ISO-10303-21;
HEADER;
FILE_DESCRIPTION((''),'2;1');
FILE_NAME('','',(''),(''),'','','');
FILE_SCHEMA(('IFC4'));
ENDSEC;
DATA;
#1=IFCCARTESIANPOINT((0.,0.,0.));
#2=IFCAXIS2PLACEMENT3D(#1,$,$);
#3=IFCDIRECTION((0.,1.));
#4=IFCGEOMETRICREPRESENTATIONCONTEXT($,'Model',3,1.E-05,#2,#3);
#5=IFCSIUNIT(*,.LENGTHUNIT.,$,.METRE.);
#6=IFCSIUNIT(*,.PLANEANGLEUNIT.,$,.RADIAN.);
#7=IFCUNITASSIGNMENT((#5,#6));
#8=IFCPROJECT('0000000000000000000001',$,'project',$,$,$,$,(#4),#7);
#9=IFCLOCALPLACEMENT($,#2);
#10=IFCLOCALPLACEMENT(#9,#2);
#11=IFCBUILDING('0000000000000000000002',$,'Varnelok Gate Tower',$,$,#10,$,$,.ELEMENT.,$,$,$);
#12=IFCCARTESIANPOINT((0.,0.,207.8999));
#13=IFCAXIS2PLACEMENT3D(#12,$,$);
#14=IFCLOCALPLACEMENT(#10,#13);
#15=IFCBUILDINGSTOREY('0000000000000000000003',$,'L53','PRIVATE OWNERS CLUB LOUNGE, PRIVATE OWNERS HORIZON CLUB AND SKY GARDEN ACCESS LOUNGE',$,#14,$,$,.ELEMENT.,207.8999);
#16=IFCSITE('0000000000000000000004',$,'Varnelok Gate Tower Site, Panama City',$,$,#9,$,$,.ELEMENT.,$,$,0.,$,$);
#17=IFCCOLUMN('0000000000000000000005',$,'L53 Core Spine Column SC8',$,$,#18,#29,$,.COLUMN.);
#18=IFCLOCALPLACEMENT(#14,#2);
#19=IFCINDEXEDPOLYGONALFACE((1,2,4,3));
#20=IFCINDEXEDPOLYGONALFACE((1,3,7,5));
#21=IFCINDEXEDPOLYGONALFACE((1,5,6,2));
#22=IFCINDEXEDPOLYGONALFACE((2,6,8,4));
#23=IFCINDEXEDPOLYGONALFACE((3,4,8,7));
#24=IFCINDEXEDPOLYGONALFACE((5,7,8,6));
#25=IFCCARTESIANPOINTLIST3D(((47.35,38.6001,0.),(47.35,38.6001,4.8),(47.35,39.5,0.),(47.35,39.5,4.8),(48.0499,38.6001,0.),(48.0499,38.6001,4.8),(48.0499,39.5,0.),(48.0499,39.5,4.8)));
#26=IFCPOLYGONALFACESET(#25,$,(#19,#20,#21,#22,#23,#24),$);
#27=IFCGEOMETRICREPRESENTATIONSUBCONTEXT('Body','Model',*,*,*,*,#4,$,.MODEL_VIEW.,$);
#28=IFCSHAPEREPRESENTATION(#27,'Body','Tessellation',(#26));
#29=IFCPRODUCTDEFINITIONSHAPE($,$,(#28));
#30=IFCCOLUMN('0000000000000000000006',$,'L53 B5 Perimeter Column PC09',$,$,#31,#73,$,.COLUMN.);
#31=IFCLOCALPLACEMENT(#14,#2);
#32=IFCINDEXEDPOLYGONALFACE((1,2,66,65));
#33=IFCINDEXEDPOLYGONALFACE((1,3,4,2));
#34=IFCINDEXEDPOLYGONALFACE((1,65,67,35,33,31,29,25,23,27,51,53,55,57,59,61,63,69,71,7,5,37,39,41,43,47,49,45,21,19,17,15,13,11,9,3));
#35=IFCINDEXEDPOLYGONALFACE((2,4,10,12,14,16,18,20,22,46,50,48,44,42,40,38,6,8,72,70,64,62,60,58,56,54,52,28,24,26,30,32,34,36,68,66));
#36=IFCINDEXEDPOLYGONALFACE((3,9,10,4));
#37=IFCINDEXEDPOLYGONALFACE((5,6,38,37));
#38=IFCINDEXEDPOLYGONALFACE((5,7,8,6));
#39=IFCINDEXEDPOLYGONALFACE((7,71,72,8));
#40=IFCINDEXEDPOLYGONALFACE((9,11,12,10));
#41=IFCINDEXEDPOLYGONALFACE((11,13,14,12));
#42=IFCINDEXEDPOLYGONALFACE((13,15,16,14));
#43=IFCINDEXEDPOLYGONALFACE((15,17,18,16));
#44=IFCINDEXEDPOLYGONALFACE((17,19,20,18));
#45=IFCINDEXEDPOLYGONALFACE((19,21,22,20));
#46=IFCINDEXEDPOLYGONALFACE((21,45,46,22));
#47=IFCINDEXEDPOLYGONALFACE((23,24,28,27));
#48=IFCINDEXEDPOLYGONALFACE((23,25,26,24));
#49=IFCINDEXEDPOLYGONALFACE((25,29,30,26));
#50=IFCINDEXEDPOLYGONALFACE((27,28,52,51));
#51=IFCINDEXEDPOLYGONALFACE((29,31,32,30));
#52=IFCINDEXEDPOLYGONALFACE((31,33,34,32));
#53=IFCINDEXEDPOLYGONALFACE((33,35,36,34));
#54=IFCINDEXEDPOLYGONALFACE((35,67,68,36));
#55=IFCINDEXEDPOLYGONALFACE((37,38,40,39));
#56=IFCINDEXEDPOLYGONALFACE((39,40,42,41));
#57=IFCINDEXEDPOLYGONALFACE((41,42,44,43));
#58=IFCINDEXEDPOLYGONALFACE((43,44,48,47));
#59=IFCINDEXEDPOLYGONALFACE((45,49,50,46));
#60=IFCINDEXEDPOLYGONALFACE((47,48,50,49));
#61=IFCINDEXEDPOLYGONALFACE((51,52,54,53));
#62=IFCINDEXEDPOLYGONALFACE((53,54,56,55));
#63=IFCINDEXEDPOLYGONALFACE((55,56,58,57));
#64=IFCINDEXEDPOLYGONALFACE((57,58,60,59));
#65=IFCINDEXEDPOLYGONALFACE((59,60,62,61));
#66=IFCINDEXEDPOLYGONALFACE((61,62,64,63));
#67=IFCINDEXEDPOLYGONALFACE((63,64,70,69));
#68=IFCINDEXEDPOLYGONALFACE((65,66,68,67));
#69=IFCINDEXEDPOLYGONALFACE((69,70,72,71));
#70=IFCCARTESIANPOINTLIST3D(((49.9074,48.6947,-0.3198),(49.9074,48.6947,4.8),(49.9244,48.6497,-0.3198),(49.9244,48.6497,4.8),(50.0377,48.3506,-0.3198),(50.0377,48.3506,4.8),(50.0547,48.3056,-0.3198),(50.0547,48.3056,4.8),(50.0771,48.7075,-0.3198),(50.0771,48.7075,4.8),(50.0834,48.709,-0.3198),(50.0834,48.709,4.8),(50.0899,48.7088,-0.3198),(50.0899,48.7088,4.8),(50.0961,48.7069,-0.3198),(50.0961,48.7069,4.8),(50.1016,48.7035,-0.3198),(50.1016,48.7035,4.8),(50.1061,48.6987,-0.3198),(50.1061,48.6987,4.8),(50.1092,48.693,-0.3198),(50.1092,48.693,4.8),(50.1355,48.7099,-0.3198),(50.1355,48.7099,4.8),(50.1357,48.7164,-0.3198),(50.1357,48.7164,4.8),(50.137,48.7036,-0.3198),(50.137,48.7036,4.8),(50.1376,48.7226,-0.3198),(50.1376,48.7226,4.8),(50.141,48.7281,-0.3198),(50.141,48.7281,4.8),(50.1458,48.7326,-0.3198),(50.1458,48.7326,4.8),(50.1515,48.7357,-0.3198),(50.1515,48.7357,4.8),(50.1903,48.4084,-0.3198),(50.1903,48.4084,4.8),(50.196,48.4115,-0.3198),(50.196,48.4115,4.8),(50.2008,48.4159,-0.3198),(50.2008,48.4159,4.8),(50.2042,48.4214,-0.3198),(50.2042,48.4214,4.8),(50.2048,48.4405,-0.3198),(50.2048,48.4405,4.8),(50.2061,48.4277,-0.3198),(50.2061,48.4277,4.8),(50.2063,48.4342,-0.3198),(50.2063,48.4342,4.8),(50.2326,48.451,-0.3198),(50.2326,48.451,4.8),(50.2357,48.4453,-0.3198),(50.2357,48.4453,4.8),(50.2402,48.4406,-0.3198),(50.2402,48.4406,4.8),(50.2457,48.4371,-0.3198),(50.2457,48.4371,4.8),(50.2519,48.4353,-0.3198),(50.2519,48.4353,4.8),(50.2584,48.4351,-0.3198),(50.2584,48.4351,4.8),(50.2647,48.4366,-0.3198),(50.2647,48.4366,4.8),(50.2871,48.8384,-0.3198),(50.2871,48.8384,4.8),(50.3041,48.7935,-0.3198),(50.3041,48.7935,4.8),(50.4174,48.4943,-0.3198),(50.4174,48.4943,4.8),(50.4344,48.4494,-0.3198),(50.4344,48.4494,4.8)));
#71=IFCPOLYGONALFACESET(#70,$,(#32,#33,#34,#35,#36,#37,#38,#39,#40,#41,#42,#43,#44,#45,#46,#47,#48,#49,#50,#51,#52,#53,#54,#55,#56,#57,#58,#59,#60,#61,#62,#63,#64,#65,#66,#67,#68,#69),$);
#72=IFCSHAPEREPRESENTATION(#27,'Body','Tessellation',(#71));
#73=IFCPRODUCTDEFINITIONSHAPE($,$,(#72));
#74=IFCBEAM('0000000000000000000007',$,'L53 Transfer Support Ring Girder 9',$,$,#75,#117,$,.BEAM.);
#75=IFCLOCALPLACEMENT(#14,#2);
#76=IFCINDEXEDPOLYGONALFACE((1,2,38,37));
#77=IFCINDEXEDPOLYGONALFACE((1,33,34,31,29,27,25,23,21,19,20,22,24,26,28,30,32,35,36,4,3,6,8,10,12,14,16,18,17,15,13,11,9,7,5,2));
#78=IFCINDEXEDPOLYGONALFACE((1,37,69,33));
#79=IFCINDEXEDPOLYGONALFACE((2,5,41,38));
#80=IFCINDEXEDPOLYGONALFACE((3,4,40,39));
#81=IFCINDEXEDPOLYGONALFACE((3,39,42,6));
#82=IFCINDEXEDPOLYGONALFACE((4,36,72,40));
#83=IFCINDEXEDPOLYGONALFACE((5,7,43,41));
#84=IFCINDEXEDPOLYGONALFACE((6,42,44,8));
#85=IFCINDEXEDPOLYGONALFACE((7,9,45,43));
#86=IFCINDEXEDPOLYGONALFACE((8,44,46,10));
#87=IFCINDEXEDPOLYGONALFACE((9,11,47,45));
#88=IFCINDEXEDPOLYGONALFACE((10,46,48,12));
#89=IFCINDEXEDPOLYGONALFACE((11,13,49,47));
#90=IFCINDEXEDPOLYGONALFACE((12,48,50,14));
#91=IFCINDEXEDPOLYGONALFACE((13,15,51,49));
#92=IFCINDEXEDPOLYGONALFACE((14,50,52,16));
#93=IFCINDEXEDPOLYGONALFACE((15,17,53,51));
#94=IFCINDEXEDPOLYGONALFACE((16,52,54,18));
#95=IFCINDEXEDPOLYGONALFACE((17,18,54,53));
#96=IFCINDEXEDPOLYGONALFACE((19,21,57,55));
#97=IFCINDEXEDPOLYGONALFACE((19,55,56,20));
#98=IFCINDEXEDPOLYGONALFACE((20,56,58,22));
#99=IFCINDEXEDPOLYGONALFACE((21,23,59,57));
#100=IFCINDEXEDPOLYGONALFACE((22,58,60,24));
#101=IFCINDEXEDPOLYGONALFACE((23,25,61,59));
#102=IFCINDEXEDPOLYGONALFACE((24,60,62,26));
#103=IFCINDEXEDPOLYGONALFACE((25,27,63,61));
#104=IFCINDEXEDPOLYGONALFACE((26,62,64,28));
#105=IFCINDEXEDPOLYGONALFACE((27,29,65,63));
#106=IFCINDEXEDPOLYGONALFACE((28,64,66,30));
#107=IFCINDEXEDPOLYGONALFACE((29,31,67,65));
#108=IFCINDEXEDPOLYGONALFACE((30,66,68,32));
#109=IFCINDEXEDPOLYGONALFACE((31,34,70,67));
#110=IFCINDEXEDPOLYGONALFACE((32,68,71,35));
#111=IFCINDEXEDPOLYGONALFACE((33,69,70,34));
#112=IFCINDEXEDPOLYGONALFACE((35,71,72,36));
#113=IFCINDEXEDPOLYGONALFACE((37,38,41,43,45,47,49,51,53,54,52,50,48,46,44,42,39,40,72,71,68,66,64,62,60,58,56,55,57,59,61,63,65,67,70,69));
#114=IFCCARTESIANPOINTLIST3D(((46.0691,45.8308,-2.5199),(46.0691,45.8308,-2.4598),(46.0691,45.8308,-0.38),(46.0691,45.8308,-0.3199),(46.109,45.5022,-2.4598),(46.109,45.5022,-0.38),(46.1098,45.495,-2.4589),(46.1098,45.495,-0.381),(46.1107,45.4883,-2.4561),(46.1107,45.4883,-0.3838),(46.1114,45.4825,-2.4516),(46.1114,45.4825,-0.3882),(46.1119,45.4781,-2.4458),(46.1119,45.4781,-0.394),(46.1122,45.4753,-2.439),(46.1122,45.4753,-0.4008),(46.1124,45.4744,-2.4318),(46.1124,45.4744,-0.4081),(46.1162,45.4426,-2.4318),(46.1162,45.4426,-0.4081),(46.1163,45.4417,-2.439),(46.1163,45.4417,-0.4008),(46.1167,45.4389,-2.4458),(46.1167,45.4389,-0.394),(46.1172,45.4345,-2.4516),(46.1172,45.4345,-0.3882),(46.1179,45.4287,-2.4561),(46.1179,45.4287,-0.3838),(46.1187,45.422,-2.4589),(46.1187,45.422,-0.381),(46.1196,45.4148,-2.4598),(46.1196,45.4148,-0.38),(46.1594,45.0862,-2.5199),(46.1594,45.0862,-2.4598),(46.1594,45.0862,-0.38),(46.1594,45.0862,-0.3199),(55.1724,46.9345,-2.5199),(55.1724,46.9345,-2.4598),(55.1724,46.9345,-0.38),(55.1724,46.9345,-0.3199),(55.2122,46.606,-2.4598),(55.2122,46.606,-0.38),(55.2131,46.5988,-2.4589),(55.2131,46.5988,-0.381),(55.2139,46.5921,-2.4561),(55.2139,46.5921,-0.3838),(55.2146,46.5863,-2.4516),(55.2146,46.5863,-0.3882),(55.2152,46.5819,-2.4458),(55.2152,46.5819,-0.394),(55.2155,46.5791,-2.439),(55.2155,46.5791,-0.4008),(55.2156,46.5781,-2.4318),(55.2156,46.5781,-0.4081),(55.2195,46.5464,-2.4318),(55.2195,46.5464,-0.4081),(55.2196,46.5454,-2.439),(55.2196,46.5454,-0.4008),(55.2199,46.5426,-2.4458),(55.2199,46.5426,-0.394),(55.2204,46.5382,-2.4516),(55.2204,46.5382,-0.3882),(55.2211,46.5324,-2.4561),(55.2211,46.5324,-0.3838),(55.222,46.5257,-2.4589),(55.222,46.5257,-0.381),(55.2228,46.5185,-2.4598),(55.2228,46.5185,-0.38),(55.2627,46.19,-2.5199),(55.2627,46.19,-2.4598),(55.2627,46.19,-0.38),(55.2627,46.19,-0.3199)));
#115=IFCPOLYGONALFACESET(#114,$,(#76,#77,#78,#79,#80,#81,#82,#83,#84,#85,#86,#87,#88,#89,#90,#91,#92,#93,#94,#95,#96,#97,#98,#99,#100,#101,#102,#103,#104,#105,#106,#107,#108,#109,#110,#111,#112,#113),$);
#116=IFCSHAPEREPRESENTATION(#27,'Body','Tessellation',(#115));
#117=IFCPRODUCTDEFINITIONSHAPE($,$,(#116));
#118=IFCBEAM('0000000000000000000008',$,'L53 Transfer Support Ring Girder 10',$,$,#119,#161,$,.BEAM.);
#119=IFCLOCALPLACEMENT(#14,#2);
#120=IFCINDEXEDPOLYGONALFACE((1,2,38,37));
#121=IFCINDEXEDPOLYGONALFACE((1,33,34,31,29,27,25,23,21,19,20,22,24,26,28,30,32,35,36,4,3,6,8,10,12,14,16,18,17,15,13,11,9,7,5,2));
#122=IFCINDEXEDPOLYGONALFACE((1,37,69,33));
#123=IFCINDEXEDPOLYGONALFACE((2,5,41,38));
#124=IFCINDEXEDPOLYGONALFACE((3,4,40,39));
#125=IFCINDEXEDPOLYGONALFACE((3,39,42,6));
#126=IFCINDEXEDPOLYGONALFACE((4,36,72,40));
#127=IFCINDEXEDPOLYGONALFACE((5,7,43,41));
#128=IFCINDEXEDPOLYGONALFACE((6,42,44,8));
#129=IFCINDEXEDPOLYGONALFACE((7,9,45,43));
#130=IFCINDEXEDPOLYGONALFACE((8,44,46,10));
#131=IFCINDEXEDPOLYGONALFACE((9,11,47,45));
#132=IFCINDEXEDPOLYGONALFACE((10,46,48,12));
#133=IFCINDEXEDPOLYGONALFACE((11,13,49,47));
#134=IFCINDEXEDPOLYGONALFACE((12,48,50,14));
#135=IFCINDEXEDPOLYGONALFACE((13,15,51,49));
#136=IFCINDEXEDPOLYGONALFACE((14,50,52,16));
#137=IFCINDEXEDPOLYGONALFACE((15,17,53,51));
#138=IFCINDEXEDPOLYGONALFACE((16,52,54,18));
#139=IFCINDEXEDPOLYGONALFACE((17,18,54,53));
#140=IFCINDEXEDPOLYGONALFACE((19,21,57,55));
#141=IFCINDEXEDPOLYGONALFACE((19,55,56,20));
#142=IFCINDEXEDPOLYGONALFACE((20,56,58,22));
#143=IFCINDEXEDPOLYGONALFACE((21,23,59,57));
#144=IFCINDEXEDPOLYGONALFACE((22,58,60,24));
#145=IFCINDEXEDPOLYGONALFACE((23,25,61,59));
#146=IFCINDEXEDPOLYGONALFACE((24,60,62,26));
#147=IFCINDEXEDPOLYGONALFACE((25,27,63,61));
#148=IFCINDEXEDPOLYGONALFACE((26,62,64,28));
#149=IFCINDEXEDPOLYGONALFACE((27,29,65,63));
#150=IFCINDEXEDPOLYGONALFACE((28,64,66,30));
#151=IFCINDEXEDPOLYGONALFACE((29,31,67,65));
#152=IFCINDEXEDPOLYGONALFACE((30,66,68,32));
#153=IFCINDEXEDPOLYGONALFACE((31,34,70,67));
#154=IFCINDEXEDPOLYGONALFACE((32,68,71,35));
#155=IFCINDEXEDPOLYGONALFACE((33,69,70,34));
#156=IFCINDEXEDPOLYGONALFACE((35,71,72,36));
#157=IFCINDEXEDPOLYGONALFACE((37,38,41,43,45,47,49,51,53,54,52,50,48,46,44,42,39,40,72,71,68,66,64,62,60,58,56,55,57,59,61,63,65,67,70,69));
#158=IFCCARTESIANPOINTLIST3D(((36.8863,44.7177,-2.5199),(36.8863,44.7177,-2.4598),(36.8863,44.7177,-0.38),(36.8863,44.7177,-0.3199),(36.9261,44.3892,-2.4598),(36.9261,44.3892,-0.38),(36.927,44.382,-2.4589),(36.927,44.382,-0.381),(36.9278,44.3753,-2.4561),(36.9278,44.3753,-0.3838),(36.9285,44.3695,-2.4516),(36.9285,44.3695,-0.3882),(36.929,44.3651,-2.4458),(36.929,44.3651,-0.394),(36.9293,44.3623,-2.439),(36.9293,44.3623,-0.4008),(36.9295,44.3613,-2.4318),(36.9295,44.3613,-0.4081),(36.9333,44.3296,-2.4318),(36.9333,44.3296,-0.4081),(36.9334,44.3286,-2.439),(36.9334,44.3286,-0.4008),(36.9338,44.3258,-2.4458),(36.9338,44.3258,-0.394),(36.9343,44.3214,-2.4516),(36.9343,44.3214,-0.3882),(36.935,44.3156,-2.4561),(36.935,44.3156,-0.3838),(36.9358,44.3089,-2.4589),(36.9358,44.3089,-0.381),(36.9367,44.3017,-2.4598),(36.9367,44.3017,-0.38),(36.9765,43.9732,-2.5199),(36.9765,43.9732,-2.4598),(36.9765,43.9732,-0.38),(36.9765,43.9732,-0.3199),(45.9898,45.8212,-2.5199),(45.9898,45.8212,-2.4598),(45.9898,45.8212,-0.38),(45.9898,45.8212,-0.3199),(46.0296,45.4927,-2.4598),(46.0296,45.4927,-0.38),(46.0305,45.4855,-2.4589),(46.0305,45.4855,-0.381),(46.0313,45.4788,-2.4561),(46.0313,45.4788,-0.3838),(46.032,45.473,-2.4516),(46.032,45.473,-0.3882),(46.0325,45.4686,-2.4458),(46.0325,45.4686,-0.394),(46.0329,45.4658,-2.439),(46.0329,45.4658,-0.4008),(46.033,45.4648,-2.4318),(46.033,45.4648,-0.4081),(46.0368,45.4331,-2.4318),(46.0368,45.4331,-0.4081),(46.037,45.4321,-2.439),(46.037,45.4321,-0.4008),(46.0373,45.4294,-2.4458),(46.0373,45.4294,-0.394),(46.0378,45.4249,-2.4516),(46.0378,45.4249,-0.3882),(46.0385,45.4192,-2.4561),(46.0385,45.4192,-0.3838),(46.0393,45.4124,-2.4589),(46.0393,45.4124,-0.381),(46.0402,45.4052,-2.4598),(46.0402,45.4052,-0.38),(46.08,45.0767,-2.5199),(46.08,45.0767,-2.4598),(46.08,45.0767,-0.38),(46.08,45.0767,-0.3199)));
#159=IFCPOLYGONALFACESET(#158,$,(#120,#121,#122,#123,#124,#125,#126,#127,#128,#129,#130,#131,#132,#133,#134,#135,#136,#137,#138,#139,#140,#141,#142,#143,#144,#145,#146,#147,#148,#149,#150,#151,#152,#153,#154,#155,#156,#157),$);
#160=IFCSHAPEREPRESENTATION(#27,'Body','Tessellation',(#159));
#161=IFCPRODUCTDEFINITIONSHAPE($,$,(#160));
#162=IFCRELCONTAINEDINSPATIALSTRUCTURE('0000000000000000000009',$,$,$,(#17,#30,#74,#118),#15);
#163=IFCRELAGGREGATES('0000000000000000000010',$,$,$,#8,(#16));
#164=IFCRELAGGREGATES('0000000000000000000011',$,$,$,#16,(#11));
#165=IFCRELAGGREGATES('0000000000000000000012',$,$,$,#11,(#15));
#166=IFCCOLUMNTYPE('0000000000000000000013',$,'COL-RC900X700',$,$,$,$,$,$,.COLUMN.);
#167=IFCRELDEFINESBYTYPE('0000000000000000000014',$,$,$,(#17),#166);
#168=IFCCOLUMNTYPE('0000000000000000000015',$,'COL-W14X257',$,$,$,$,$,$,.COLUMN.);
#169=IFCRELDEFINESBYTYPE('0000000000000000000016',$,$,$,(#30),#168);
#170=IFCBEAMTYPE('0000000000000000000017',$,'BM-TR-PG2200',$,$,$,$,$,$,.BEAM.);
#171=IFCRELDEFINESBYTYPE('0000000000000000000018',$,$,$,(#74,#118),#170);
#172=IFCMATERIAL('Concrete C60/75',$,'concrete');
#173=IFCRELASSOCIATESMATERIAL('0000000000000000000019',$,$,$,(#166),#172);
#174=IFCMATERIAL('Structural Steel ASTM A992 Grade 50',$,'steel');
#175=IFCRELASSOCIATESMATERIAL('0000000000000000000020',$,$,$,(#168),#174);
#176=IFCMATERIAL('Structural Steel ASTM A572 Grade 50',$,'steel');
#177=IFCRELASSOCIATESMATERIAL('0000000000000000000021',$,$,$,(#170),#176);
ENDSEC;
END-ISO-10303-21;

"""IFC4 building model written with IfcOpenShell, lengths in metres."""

from ifc_helpers import new_model, si_unit, direction, frame, origin, origin_2d, place, context, subcontext, project, spatial, rectangle, i_section, extrude, material, material_profile, profile_set, type_object, element, save


model = new_model("IFC4")

# Units and contexts
model_context = context("Model", 3, precision=1e-05, world=origin(), true_north=direction((0.0, 1.0)))
body_context = subcontext(model_context, "Body", "Model", "MODEL_VIEW")
ifc_project = project(units=[si_unit("LENGTHUNIT", "METRE"), si_unit("PLANEANGLEUNIT", "RADIAN")], contexts=[model_context])

# Site, building, storey
site_placement = place(None, origin())
site = spatial("IfcSite", under=ifc_project, at=site_placement, Name="Varnelok Gate Tower Site, Panama City", CompositionType="ELEMENT", RefElevation=0.0)
building_placement = place(site_placement, origin())
building = spatial("IfcBuilding", under=site, at=building_placement, Name="Varnelok Gate Tower", CompositionType="ELEMENT")
storey_placement = place(building_placement, frame((0.0, 0.0, 207.8999)))
storey = spatial("IfcBuildingStorey", under=building, at=storey_placement, Name="L53", Description="PRIVATE OWNERS CLUB LOUNGE, PRIVATE OWNERS HORIZON CLUB AND SKY GARDEN ACCESS LOUNGE", CompositionType="ELEMENT", Elevation=207.8999)

# Columns
ifc_material_1 = material(Name="Concrete C60/75", Category="concrete")
ifc_material_profile_1 = material_profile(ifc_material_1, rectangle(XDim=0.7, YDim=0.8999, at=origin_2d()), Name="RC900X700")
ifc_profile_set_1 = profile_set([ifc_material_profile_1], Name="Concrete C60/75")
column_type_1 = type_object("IfcColumnType", Name="COL-RC900X700", PredefinedType="COLUMN", material=ifc_profile_set_1)
column_1_placement = place(storey_placement, frame((47.7, 39.05, 0.0), z_axis=(0.0, 0.0, 1.0), x_axis=(1.0, 0.0, 0.0)))
element("IfcColumn", 1, at=column_1_placement, inside=storey, type_object=column_type_1, Name="L53 Core Spine Column SC8", PredefinedType="COLUMN", context=body_context, shape_type="SweptSolid", body=[
    extrude(rectangle(XDim=0.7, YDim=0.8999, at=origin_2d()), origin(), (0.0, 0.0, 1.0), 4.8),
])
ifc_material_2 = material(Name="Structural Steel ASTM A992 Grade 50", Category="steel")
ifc_material_profile_2 = material_profile(ifc_material_2, i_section(OverallWidth=0.406, OverallDepth=0.416, WebThickness=0.0298, FlangeThickness=0.0481, FilletRadius=0.0249, at=origin_2d()), Name="W14X257")
ifc_profile_set_2 = profile_set([ifc_material_profile_2], Name="Structural Steel ASTM A992 Grade 50")
column_type_2 = type_object("IfcColumnType", Name="COL-W14X257", PredefinedType="COLUMN", material=ifc_profile_set_2)
column_2_placement = place(storey_placement, frame((50.1709, 48.572, -0.3198), z_axis=(0.0, 0.0, 1.0), x_axis=(0.935222, 0.354063, 0.0)))
element("IfcColumn", 2, at=column_2_placement, inside=storey, type_object=column_type_2, Name="L53 B5 Perimeter Column PC09", PredefinedType="COLUMN", context=body_context, shape_type="SweptSolid", body=[
    extrude(i_section(OverallWidth=0.406, OverallDepth=0.416, WebThickness=0.0298, FlangeThickness=0.0481, FilletRadius=0.0249, at=origin_2d()), origin(), (0.0, 0.0, 1.0), 5.1199),
])

# Beams
ifc_material_3 = material(Name="Structural Steel ASTM A572 Grade 50", Category="steel")
ifc_material_profile_3 = material_profile(ifc_material_3, i_section(OverallWidth=0.75, OverallDepth=2.2, WebThickness=0.032, FlangeThickness=0.0601, FilletRadius=0.0281, at=origin_2d()), Name="PG2200X750")
ifc_profile_set_3 = profile_set([ifc_material_profile_3], Name="Structural Steel ASTM A572 Grade 50")
beam_type = type_object("IfcBeamType", Name="BM-TR-PG2200", PredefinedType="BEAM", material=ifc_profile_set_3)
beam_1_placement = place(storey_placement, frame((55.2175, 46.5623, -1.4199), z_axis=(-0.992729, -0.120367, 0.0), x_axis=(0.120367, -0.992729, 0.0)))
element("IfcBeam", 3, at=beam_1_placement, inside=storey, type_object=beam_type, Name="L53 Transfer Support Ring Girder 9", PredefinedType="BEAM", context=body_context, shape_type="SweptSolid", body=[
    extrude(i_section(OverallWidth=0.75, OverallDepth=2.2, WebThickness=0.032, FlangeThickness=0.0601, FilletRadius=0.0281, at=origin_2d()), origin(), (0.0, 0.0, 1.0), 9.1699),
])
beam_2_placement = place(storey_placement, frame((46.0349, 45.449, -1.4199), z_axis=(-0.992733, -0.120338, 0.0), x_axis=(0.120338, -0.992733, 0.0)))
element("IfcBeam", 4, at=beam_2_placement, inside=storey, type_object=beam_type, Name="L53 Transfer Support Ring Girder 10", PredefinedType="BEAM", context=body_context, shape_type="SweptSolid", body=[
    extrude(i_section(OverallWidth=0.75, OverallDepth=2.2, WebThickness=0.032, FlangeThickness=0.0601, FilletRadius=0.0281, at=origin_2d()), origin(), (0.0, 0.0, 1.0), 9.1702),
])

save(model, "model.ifc")
